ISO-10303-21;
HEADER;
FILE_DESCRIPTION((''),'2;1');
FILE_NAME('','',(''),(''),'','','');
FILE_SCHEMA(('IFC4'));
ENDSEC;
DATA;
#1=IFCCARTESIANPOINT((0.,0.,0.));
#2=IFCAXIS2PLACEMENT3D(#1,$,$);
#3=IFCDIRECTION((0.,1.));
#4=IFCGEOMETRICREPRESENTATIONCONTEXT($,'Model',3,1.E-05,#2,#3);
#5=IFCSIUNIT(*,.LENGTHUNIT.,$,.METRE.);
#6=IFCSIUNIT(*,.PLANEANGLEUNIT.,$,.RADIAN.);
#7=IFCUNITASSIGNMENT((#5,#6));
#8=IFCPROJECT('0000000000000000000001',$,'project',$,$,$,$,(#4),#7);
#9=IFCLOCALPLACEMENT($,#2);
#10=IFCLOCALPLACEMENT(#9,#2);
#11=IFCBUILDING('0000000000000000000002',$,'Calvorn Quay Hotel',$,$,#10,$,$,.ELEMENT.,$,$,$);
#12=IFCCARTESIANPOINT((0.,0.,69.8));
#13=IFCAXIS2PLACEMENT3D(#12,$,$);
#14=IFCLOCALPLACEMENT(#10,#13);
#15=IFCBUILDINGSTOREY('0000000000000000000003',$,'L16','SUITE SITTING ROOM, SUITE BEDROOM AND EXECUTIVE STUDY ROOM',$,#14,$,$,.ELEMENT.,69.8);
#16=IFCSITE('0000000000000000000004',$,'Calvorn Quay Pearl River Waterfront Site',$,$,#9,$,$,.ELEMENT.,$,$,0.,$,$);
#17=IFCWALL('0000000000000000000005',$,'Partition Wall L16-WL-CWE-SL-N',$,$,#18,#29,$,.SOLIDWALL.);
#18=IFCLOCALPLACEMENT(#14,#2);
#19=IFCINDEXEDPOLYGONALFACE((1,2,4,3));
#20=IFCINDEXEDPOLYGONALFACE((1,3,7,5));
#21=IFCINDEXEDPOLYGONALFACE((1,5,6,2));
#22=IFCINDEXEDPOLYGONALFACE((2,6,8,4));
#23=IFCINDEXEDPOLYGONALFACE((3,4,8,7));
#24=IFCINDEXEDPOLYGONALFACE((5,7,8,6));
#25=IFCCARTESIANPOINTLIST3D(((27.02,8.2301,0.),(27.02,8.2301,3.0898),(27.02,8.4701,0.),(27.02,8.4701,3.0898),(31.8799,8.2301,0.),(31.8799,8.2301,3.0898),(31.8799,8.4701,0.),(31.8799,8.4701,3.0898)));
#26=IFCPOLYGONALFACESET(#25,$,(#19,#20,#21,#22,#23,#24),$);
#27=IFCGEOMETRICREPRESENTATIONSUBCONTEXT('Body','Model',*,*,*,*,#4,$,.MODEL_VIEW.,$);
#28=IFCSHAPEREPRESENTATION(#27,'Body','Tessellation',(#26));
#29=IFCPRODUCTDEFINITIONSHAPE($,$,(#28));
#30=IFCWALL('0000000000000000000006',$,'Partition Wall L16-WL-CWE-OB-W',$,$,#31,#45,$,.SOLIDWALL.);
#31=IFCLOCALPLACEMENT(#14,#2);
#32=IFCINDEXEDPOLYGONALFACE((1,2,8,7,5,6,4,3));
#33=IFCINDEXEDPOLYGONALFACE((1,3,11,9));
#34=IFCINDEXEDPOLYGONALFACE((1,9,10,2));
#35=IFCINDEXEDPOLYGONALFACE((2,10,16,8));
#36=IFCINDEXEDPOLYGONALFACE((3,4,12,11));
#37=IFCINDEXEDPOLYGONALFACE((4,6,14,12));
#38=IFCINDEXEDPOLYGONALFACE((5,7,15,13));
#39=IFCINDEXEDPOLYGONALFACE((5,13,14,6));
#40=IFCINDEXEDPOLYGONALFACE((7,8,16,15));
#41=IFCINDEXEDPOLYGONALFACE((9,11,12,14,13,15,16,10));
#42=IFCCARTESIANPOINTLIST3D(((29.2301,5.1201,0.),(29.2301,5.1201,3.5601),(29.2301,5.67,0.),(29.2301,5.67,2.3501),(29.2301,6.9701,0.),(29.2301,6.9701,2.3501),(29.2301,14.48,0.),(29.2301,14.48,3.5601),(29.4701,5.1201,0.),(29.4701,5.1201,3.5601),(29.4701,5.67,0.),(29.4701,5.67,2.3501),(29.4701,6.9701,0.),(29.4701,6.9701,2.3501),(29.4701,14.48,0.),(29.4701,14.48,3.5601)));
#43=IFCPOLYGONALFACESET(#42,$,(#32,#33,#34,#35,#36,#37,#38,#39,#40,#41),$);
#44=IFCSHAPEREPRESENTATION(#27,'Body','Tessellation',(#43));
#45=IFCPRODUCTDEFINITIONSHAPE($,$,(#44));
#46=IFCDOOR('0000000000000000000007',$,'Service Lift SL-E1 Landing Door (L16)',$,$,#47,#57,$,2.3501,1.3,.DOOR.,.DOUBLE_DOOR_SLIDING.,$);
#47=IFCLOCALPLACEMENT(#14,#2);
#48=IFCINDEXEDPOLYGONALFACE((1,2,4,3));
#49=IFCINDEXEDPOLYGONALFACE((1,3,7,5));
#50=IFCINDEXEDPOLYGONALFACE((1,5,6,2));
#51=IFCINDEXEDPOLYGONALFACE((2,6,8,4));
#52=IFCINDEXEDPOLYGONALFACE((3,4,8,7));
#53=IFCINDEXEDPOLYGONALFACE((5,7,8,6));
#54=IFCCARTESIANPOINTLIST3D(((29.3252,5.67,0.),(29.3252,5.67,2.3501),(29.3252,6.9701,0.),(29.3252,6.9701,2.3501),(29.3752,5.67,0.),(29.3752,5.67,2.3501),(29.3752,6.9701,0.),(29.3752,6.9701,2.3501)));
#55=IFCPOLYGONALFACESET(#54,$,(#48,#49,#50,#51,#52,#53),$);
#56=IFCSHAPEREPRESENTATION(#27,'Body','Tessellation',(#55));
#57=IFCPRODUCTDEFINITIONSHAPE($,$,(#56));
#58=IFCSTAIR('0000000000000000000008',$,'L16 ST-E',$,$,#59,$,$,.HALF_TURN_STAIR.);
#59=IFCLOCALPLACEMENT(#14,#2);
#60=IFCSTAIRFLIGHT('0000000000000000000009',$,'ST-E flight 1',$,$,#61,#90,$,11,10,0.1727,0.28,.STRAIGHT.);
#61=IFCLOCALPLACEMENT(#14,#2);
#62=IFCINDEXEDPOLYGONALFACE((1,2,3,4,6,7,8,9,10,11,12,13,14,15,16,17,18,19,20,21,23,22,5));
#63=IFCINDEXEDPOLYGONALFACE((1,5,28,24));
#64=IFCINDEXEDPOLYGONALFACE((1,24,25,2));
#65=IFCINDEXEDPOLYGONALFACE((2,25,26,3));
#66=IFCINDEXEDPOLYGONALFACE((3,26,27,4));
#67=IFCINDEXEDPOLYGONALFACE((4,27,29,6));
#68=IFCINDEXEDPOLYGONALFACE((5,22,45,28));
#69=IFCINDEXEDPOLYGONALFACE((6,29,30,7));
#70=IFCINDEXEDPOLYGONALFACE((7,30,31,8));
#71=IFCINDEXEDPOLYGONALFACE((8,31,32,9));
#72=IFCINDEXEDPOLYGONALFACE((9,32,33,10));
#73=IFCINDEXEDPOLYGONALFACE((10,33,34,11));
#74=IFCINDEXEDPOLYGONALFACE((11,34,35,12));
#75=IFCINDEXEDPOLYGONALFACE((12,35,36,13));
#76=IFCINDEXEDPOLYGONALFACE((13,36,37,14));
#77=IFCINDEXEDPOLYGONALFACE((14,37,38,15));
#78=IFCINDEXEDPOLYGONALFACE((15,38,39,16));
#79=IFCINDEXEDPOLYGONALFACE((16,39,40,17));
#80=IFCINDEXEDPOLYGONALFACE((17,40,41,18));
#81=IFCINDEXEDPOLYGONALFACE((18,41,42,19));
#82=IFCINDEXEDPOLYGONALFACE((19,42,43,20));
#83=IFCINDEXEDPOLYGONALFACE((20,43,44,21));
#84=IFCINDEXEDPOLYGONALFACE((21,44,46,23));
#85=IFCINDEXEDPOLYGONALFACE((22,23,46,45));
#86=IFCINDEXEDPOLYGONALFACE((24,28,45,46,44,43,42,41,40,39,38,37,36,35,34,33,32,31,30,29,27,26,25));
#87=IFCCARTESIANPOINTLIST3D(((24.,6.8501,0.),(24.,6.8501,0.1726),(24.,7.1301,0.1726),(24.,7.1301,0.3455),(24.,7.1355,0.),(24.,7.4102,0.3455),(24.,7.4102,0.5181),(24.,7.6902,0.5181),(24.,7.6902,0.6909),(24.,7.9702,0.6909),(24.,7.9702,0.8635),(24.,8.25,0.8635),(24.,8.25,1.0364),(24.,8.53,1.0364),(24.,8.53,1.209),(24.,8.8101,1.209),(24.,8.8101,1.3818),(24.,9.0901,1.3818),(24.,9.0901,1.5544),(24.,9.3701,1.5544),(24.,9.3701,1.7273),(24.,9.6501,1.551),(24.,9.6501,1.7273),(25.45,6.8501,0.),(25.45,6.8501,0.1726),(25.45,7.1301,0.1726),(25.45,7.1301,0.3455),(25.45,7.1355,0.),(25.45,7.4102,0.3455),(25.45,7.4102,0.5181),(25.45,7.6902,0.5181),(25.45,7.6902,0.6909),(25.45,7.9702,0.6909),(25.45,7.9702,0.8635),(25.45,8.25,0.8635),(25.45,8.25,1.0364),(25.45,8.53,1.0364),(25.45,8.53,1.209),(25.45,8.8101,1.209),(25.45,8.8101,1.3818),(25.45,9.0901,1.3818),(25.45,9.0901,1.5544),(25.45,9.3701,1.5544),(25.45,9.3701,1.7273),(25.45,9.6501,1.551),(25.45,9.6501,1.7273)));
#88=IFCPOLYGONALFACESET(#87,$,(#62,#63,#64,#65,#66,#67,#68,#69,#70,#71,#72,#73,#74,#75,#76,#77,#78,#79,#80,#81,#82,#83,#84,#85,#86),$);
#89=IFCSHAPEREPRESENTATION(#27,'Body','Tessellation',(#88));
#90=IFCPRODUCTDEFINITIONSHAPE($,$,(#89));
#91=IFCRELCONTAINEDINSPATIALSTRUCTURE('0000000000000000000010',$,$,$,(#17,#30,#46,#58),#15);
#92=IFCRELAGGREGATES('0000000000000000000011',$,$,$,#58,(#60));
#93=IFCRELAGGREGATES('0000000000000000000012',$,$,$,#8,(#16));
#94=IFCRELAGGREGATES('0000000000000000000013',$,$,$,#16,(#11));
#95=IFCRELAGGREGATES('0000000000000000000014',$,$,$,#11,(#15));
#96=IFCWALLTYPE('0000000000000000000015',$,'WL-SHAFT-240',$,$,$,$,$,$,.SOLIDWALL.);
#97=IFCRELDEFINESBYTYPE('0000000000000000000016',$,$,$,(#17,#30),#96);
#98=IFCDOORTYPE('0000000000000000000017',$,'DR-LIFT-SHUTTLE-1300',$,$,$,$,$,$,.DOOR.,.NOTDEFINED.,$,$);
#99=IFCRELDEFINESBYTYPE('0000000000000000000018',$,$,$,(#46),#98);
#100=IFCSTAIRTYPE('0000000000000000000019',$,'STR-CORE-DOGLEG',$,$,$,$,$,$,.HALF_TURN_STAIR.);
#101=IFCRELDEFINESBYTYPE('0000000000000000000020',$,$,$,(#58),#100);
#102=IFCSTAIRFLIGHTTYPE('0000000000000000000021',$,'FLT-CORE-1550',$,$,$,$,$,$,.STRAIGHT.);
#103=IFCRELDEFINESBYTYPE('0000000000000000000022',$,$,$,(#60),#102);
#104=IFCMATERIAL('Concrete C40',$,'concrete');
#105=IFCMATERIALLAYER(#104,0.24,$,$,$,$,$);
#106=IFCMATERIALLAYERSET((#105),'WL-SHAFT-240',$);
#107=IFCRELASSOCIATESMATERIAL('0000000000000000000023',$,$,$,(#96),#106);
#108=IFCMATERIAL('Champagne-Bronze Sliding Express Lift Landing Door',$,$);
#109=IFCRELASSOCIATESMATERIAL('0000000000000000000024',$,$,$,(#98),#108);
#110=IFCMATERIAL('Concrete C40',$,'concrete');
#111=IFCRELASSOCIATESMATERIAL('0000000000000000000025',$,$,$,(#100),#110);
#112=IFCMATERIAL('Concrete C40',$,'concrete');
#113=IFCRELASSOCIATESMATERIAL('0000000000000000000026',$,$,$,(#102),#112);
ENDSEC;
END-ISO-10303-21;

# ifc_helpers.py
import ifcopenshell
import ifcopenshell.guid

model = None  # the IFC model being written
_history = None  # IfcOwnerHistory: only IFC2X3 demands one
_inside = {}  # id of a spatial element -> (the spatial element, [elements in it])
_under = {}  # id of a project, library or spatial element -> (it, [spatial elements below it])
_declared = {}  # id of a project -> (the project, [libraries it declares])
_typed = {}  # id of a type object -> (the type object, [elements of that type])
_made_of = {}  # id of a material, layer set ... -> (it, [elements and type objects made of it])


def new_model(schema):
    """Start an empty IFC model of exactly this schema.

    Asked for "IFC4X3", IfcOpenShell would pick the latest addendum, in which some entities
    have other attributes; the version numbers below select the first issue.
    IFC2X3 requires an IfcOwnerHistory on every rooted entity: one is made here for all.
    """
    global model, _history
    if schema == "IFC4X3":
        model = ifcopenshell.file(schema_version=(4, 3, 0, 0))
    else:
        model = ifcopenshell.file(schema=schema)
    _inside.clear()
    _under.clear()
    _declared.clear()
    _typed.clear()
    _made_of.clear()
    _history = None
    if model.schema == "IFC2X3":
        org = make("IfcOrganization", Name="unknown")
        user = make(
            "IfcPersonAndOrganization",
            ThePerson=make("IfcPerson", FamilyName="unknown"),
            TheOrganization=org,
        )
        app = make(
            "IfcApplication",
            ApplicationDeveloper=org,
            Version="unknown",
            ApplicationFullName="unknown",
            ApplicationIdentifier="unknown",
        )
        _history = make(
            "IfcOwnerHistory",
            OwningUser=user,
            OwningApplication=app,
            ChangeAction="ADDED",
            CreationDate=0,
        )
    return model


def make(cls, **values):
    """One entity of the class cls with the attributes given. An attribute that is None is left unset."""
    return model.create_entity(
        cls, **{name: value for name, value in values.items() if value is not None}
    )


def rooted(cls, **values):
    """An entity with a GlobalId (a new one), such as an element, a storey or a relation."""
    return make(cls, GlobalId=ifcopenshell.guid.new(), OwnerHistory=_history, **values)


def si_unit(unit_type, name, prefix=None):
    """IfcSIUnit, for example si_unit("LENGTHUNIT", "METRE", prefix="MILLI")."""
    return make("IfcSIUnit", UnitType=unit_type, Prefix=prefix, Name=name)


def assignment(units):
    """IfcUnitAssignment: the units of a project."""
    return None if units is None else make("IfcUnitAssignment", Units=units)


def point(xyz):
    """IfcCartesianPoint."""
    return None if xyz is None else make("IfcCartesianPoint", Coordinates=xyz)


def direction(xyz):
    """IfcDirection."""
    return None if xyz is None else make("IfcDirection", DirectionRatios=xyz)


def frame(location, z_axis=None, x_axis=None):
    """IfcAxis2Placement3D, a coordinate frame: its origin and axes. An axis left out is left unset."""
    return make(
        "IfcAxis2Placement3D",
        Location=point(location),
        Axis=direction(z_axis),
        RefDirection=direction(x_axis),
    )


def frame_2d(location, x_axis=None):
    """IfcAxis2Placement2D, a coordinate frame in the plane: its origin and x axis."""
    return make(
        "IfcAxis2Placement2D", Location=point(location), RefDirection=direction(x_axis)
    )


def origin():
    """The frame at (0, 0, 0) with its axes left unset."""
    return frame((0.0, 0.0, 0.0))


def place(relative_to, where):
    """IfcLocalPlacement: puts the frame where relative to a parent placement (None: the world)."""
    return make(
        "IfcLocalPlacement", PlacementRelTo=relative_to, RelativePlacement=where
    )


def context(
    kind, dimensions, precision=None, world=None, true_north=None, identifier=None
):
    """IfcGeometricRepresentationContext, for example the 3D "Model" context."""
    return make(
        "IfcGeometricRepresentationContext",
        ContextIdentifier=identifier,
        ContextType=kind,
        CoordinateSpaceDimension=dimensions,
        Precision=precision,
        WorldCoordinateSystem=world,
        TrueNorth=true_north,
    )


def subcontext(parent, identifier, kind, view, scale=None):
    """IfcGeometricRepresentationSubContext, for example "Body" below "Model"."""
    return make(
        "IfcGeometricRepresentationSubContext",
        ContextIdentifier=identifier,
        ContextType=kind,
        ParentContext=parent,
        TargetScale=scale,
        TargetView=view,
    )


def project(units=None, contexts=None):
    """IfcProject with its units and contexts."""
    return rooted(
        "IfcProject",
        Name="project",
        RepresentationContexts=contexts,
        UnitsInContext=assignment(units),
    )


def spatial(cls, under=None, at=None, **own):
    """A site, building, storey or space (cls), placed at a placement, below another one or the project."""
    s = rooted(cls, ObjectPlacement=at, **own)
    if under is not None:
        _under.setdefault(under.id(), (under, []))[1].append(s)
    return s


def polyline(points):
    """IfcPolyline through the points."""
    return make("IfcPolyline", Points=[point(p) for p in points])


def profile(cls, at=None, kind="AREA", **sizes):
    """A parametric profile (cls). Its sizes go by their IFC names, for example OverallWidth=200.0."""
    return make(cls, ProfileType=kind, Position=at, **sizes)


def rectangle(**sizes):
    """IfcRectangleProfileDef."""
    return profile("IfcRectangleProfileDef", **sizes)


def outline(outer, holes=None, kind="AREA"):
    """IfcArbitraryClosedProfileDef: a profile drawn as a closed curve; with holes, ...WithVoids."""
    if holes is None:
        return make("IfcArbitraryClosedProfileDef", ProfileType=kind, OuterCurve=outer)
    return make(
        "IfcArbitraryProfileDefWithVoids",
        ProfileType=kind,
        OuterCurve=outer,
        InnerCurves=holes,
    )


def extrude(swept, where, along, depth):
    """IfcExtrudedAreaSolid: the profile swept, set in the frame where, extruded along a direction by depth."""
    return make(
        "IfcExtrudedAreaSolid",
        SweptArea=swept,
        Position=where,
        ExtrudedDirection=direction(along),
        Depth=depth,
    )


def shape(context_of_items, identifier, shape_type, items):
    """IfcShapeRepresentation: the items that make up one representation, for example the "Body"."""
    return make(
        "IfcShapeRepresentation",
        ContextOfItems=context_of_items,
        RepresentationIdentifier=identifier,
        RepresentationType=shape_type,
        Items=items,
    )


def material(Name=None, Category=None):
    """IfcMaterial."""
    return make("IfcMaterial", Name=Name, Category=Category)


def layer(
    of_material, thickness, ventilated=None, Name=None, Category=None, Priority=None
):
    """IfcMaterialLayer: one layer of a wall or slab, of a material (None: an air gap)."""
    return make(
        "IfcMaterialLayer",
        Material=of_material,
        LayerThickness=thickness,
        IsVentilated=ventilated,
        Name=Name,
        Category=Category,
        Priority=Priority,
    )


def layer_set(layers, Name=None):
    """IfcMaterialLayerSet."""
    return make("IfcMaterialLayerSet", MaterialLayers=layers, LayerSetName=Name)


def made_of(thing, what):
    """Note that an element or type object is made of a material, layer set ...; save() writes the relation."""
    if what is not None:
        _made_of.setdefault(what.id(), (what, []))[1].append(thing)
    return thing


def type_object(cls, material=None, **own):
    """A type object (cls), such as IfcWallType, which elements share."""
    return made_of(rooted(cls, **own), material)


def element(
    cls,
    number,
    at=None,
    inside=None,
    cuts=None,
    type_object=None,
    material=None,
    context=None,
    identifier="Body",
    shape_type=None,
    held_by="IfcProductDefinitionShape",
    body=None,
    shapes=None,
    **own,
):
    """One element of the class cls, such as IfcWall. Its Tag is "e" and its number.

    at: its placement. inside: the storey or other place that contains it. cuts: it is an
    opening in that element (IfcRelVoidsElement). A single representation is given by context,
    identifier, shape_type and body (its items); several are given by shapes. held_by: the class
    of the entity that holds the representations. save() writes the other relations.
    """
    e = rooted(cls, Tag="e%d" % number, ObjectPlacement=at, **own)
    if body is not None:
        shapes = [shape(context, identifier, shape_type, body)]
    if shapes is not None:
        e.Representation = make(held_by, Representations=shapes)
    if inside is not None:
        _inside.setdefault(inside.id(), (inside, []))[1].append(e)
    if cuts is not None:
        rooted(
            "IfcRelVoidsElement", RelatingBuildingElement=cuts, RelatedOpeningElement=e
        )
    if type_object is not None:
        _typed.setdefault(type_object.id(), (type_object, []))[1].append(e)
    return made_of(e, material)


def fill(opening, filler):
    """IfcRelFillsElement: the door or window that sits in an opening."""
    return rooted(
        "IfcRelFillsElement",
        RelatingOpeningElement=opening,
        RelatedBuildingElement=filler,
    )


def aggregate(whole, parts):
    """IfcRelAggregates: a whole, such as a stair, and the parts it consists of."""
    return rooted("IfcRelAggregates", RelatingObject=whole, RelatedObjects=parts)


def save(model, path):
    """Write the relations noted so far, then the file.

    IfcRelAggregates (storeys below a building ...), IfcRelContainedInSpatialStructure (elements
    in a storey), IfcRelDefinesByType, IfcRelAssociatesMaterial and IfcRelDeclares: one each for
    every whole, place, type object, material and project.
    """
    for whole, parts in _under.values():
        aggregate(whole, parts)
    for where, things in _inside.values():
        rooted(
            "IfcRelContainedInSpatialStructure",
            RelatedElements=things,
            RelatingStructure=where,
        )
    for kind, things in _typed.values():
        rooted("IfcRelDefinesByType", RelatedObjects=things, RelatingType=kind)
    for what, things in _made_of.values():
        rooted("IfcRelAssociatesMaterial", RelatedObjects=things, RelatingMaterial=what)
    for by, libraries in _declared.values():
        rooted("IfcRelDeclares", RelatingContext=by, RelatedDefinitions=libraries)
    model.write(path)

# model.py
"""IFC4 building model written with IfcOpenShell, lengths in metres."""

from ifc_helpers import new_model, si_unit, direction, frame, frame_2d, origin, place, context, subcontext, project, spatial, polyline, rectangle, outline, extrude, material, layer, layer_set, type_object, element, fill, aggregate, save


model = new_model("IFC4")

# Units and contexts
model_context = context("Model", 3, precision=1e-05, world=origin(), true_north=direction((0.0, 1.0)))
body_context = subcontext(model_context, "Body", "Model", "MODEL_VIEW")
ifc_project = project(units=[si_unit("LENGTHUNIT", "METRE"), si_unit("PLANEANGLEUNIT", "RADIAN")], contexts=[model_context])

# Site, building, storey
site_placement = place(None, origin())
site = spatial("IfcSite", under=ifc_project, at=site_placement, Name="Calvorn Quay Pearl River Waterfront Site", CompositionType="ELEMENT", RefElevation=0.0)
building_placement = place(site_placement, origin())
building = spatial("IfcBuilding", under=site, at=building_placement, Name="Calvorn Quay Hotel", CompositionType="ELEMENT")
storey_placement = place(building_placement, frame((0.0, 0.0, 69.8)))
storey = spatial("IfcBuildingStorey", under=building, at=storey_placement, Name="L16", Description="SUITE SITTING ROOM, SUITE BEDROOM AND EXECUTIVE STUDY ROOM", CompositionType="ELEMENT", Elevation=69.8)

# Shared definitions
ifc_material_1 = material(Name="Concrete C40", Category="concrete")
ifc_layer_1 = layer(ifc_material_1, 0.24)
ifc_layer_set_1 = layer_set([ifc_layer_1], Name="WL-SHAFT-240")
wall_type_1 = type_object("IfcWallType", Name="WL-SHAFT-240", PredefinedType="SOLIDWALL", material=ifc_layer_set_1)

# Shared definitions
ifc_material_2 = material(Name="Champagne-Bronze Sliding Express Lift Landing Door")
door_type_1 = type_object("IfcDoorType", Name="DR-LIFT-SHUTTLE-1300", OperationType="NOTDEFINED", PredefinedType="DOOR", material=ifc_material_2)

# Wall
wall_1_placement = place(storey_placement, frame((27.02, 8.3501, 0.0), z_axis=(0.0, 0.0, 1.0), x_axis=(1.0, 0.0, 0.0)))
element("IfcWall", 1, at=wall_1_placement, inside=storey, type_object=wall_type_1, Name="Partition Wall L16-WL-CWE-SL-N", PredefinedType="SOLIDWALL", context=body_context, shape_type="SweptSolid", body=[
    extrude(rectangle(XDim=4.8599, YDim=0.24, at=frame_2d((2.4299, 0.0))), origin(), (0.0, 0.0, 1.0), 3.0898),
])

# Wall, opening, door
wall_2_placement = place(storey_placement, frame((29.3501, 5.1201, 0.0), z_axis=(0.0, 0.0, 1.0), x_axis=(0.0, 1.0, 0.0)))
wall_2 = element("IfcWall", 2, at=wall_2_placement, inside=storey, type_object=wall_type_1, Name="Partition Wall L16-WL-CWE-OB-W", PredefinedType="SOLIDWALL", context=body_context, shape_type="SweptSolid", body=[
    extrude(rectangle(XDim=9.3599, YDim=0.24, at=frame_2d((4.6799, 0.0))), origin(), (0.0, 0.0, 1.0), 3.5601),
])
opening_1_placement = place(wall_2_placement, frame((0.55, 0.0, 0.0)))
opening_1 = element("IfcOpeningElement", 3, at=opening_1_placement, cuts=wall_2, PredefinedType="OPENING", context=body_context, shape_type="SweptSolid", body=[
    extrude(rectangle(XDim=1.3, YDim=2.3501, at=frame_2d((0.6499, 1.175))), frame((0.0, 0.1299, 0.0), z_axis=(0.0, -1.0, 0.0), x_axis=(1.0, 0.0, 0.0)), (0.0, 0.0, 1.0), 0.26),
])
door_1_placement = place(opening_1_placement, origin())
door_1 = element("IfcDoor", 4, at=door_1_placement, inside=storey, type_object=door_type_1, Name="Service Lift SL-E1 Landing Door (L16)", OperationType="DOUBLE_DOOR_SLIDING", OverallHeight=2.3501, OverallWidth=1.3, PredefinedType="DOOR", context=body_context, shape_type="SweptSolid", body=[
    extrude(rectangle(XDim=1.3, YDim=2.3501, at=frame_2d((0.6499, 1.175))), frame((0.0, 0.0249, 0.0), z_axis=(0.0, -1.0, 0.0), x_axis=(1.0, 0.0, 0.0)), (0.0, 0.0, 1.0), 0.05),
])
fill(opening_1, door_1)

# Stair, stair flight
ifc_material_3 = material(Name="Concrete C40", Category="concrete")
stair_type = type_object("IfcStairType", Name="STR-CORE-DOGLEG", PredefinedType="HALF_TURN_STAIR", material=ifc_material_3)
stair_placement = place(storey_placement, origin())
stair = element("IfcStair", 5, at=stair_placement, inside=storey, type_object=stair_type, Name="L16 ST-E", PredefinedType="HALF_TURN_STAIR")
ifc_material_4 = material(Name="Concrete C40", Category="concrete")
stair_flight_type = type_object("IfcStairFlightType", Name="FLT-CORE-1550", PredefinedType="STRAIGHT", material=ifc_material_4)
stair_flight_placement = place(storey_placement, frame((24.7251, 6.8501, 0.0), z_axis=(0.0, 0.0, 1.0), x_axis=(0.0, 1.0, 0.0)))
stair_flight = element("IfcStairFlight", 6, at=stair_flight_placement, type_object=stair_flight_type, Name="ST-E flight 1", NumberOfRisers=11, NumberOfTreads=10, PredefinedType="STRAIGHT", RiserHeight=0.1727, TreadLength=0.28, context=body_context, shape_type="SweptSolid", body=[
    extrude(outline(polyline([(0.0, 0.0), (0.0, 0.1726), (0.28, 0.1726), (0.28, 0.3455), (0.5601, 0.3455), (0.5601, 0.5181), (0.8401, 0.5181), (0.8401, 0.6909), (1.1201, 0.6909), (1.1201, 0.8635), (1.3999, 0.8635), (1.3999, 1.0364), (1.6799, 1.0364), (1.6799, 1.209), (1.96, 1.209), (1.96, 1.3818), (2.24, 1.3818), (2.24, 1.5544), (2.52, 1.5544), (2.52, 1.7273), (2.8, 1.7273), (2.8, 1.8999), (2.8, 1.551), (0.2854, 0.0), (0.0, 0.0)])), frame((0.0, 0.7251, 0.0), z_axis=(0.0, -1.0, 0.0), x_axis=(1.0, 0.0, 0.0)), (0.0, 0.0, 1.0), 1.45),
])
aggregate(stair, [stair_flight])

save(model, "model.ifc")
